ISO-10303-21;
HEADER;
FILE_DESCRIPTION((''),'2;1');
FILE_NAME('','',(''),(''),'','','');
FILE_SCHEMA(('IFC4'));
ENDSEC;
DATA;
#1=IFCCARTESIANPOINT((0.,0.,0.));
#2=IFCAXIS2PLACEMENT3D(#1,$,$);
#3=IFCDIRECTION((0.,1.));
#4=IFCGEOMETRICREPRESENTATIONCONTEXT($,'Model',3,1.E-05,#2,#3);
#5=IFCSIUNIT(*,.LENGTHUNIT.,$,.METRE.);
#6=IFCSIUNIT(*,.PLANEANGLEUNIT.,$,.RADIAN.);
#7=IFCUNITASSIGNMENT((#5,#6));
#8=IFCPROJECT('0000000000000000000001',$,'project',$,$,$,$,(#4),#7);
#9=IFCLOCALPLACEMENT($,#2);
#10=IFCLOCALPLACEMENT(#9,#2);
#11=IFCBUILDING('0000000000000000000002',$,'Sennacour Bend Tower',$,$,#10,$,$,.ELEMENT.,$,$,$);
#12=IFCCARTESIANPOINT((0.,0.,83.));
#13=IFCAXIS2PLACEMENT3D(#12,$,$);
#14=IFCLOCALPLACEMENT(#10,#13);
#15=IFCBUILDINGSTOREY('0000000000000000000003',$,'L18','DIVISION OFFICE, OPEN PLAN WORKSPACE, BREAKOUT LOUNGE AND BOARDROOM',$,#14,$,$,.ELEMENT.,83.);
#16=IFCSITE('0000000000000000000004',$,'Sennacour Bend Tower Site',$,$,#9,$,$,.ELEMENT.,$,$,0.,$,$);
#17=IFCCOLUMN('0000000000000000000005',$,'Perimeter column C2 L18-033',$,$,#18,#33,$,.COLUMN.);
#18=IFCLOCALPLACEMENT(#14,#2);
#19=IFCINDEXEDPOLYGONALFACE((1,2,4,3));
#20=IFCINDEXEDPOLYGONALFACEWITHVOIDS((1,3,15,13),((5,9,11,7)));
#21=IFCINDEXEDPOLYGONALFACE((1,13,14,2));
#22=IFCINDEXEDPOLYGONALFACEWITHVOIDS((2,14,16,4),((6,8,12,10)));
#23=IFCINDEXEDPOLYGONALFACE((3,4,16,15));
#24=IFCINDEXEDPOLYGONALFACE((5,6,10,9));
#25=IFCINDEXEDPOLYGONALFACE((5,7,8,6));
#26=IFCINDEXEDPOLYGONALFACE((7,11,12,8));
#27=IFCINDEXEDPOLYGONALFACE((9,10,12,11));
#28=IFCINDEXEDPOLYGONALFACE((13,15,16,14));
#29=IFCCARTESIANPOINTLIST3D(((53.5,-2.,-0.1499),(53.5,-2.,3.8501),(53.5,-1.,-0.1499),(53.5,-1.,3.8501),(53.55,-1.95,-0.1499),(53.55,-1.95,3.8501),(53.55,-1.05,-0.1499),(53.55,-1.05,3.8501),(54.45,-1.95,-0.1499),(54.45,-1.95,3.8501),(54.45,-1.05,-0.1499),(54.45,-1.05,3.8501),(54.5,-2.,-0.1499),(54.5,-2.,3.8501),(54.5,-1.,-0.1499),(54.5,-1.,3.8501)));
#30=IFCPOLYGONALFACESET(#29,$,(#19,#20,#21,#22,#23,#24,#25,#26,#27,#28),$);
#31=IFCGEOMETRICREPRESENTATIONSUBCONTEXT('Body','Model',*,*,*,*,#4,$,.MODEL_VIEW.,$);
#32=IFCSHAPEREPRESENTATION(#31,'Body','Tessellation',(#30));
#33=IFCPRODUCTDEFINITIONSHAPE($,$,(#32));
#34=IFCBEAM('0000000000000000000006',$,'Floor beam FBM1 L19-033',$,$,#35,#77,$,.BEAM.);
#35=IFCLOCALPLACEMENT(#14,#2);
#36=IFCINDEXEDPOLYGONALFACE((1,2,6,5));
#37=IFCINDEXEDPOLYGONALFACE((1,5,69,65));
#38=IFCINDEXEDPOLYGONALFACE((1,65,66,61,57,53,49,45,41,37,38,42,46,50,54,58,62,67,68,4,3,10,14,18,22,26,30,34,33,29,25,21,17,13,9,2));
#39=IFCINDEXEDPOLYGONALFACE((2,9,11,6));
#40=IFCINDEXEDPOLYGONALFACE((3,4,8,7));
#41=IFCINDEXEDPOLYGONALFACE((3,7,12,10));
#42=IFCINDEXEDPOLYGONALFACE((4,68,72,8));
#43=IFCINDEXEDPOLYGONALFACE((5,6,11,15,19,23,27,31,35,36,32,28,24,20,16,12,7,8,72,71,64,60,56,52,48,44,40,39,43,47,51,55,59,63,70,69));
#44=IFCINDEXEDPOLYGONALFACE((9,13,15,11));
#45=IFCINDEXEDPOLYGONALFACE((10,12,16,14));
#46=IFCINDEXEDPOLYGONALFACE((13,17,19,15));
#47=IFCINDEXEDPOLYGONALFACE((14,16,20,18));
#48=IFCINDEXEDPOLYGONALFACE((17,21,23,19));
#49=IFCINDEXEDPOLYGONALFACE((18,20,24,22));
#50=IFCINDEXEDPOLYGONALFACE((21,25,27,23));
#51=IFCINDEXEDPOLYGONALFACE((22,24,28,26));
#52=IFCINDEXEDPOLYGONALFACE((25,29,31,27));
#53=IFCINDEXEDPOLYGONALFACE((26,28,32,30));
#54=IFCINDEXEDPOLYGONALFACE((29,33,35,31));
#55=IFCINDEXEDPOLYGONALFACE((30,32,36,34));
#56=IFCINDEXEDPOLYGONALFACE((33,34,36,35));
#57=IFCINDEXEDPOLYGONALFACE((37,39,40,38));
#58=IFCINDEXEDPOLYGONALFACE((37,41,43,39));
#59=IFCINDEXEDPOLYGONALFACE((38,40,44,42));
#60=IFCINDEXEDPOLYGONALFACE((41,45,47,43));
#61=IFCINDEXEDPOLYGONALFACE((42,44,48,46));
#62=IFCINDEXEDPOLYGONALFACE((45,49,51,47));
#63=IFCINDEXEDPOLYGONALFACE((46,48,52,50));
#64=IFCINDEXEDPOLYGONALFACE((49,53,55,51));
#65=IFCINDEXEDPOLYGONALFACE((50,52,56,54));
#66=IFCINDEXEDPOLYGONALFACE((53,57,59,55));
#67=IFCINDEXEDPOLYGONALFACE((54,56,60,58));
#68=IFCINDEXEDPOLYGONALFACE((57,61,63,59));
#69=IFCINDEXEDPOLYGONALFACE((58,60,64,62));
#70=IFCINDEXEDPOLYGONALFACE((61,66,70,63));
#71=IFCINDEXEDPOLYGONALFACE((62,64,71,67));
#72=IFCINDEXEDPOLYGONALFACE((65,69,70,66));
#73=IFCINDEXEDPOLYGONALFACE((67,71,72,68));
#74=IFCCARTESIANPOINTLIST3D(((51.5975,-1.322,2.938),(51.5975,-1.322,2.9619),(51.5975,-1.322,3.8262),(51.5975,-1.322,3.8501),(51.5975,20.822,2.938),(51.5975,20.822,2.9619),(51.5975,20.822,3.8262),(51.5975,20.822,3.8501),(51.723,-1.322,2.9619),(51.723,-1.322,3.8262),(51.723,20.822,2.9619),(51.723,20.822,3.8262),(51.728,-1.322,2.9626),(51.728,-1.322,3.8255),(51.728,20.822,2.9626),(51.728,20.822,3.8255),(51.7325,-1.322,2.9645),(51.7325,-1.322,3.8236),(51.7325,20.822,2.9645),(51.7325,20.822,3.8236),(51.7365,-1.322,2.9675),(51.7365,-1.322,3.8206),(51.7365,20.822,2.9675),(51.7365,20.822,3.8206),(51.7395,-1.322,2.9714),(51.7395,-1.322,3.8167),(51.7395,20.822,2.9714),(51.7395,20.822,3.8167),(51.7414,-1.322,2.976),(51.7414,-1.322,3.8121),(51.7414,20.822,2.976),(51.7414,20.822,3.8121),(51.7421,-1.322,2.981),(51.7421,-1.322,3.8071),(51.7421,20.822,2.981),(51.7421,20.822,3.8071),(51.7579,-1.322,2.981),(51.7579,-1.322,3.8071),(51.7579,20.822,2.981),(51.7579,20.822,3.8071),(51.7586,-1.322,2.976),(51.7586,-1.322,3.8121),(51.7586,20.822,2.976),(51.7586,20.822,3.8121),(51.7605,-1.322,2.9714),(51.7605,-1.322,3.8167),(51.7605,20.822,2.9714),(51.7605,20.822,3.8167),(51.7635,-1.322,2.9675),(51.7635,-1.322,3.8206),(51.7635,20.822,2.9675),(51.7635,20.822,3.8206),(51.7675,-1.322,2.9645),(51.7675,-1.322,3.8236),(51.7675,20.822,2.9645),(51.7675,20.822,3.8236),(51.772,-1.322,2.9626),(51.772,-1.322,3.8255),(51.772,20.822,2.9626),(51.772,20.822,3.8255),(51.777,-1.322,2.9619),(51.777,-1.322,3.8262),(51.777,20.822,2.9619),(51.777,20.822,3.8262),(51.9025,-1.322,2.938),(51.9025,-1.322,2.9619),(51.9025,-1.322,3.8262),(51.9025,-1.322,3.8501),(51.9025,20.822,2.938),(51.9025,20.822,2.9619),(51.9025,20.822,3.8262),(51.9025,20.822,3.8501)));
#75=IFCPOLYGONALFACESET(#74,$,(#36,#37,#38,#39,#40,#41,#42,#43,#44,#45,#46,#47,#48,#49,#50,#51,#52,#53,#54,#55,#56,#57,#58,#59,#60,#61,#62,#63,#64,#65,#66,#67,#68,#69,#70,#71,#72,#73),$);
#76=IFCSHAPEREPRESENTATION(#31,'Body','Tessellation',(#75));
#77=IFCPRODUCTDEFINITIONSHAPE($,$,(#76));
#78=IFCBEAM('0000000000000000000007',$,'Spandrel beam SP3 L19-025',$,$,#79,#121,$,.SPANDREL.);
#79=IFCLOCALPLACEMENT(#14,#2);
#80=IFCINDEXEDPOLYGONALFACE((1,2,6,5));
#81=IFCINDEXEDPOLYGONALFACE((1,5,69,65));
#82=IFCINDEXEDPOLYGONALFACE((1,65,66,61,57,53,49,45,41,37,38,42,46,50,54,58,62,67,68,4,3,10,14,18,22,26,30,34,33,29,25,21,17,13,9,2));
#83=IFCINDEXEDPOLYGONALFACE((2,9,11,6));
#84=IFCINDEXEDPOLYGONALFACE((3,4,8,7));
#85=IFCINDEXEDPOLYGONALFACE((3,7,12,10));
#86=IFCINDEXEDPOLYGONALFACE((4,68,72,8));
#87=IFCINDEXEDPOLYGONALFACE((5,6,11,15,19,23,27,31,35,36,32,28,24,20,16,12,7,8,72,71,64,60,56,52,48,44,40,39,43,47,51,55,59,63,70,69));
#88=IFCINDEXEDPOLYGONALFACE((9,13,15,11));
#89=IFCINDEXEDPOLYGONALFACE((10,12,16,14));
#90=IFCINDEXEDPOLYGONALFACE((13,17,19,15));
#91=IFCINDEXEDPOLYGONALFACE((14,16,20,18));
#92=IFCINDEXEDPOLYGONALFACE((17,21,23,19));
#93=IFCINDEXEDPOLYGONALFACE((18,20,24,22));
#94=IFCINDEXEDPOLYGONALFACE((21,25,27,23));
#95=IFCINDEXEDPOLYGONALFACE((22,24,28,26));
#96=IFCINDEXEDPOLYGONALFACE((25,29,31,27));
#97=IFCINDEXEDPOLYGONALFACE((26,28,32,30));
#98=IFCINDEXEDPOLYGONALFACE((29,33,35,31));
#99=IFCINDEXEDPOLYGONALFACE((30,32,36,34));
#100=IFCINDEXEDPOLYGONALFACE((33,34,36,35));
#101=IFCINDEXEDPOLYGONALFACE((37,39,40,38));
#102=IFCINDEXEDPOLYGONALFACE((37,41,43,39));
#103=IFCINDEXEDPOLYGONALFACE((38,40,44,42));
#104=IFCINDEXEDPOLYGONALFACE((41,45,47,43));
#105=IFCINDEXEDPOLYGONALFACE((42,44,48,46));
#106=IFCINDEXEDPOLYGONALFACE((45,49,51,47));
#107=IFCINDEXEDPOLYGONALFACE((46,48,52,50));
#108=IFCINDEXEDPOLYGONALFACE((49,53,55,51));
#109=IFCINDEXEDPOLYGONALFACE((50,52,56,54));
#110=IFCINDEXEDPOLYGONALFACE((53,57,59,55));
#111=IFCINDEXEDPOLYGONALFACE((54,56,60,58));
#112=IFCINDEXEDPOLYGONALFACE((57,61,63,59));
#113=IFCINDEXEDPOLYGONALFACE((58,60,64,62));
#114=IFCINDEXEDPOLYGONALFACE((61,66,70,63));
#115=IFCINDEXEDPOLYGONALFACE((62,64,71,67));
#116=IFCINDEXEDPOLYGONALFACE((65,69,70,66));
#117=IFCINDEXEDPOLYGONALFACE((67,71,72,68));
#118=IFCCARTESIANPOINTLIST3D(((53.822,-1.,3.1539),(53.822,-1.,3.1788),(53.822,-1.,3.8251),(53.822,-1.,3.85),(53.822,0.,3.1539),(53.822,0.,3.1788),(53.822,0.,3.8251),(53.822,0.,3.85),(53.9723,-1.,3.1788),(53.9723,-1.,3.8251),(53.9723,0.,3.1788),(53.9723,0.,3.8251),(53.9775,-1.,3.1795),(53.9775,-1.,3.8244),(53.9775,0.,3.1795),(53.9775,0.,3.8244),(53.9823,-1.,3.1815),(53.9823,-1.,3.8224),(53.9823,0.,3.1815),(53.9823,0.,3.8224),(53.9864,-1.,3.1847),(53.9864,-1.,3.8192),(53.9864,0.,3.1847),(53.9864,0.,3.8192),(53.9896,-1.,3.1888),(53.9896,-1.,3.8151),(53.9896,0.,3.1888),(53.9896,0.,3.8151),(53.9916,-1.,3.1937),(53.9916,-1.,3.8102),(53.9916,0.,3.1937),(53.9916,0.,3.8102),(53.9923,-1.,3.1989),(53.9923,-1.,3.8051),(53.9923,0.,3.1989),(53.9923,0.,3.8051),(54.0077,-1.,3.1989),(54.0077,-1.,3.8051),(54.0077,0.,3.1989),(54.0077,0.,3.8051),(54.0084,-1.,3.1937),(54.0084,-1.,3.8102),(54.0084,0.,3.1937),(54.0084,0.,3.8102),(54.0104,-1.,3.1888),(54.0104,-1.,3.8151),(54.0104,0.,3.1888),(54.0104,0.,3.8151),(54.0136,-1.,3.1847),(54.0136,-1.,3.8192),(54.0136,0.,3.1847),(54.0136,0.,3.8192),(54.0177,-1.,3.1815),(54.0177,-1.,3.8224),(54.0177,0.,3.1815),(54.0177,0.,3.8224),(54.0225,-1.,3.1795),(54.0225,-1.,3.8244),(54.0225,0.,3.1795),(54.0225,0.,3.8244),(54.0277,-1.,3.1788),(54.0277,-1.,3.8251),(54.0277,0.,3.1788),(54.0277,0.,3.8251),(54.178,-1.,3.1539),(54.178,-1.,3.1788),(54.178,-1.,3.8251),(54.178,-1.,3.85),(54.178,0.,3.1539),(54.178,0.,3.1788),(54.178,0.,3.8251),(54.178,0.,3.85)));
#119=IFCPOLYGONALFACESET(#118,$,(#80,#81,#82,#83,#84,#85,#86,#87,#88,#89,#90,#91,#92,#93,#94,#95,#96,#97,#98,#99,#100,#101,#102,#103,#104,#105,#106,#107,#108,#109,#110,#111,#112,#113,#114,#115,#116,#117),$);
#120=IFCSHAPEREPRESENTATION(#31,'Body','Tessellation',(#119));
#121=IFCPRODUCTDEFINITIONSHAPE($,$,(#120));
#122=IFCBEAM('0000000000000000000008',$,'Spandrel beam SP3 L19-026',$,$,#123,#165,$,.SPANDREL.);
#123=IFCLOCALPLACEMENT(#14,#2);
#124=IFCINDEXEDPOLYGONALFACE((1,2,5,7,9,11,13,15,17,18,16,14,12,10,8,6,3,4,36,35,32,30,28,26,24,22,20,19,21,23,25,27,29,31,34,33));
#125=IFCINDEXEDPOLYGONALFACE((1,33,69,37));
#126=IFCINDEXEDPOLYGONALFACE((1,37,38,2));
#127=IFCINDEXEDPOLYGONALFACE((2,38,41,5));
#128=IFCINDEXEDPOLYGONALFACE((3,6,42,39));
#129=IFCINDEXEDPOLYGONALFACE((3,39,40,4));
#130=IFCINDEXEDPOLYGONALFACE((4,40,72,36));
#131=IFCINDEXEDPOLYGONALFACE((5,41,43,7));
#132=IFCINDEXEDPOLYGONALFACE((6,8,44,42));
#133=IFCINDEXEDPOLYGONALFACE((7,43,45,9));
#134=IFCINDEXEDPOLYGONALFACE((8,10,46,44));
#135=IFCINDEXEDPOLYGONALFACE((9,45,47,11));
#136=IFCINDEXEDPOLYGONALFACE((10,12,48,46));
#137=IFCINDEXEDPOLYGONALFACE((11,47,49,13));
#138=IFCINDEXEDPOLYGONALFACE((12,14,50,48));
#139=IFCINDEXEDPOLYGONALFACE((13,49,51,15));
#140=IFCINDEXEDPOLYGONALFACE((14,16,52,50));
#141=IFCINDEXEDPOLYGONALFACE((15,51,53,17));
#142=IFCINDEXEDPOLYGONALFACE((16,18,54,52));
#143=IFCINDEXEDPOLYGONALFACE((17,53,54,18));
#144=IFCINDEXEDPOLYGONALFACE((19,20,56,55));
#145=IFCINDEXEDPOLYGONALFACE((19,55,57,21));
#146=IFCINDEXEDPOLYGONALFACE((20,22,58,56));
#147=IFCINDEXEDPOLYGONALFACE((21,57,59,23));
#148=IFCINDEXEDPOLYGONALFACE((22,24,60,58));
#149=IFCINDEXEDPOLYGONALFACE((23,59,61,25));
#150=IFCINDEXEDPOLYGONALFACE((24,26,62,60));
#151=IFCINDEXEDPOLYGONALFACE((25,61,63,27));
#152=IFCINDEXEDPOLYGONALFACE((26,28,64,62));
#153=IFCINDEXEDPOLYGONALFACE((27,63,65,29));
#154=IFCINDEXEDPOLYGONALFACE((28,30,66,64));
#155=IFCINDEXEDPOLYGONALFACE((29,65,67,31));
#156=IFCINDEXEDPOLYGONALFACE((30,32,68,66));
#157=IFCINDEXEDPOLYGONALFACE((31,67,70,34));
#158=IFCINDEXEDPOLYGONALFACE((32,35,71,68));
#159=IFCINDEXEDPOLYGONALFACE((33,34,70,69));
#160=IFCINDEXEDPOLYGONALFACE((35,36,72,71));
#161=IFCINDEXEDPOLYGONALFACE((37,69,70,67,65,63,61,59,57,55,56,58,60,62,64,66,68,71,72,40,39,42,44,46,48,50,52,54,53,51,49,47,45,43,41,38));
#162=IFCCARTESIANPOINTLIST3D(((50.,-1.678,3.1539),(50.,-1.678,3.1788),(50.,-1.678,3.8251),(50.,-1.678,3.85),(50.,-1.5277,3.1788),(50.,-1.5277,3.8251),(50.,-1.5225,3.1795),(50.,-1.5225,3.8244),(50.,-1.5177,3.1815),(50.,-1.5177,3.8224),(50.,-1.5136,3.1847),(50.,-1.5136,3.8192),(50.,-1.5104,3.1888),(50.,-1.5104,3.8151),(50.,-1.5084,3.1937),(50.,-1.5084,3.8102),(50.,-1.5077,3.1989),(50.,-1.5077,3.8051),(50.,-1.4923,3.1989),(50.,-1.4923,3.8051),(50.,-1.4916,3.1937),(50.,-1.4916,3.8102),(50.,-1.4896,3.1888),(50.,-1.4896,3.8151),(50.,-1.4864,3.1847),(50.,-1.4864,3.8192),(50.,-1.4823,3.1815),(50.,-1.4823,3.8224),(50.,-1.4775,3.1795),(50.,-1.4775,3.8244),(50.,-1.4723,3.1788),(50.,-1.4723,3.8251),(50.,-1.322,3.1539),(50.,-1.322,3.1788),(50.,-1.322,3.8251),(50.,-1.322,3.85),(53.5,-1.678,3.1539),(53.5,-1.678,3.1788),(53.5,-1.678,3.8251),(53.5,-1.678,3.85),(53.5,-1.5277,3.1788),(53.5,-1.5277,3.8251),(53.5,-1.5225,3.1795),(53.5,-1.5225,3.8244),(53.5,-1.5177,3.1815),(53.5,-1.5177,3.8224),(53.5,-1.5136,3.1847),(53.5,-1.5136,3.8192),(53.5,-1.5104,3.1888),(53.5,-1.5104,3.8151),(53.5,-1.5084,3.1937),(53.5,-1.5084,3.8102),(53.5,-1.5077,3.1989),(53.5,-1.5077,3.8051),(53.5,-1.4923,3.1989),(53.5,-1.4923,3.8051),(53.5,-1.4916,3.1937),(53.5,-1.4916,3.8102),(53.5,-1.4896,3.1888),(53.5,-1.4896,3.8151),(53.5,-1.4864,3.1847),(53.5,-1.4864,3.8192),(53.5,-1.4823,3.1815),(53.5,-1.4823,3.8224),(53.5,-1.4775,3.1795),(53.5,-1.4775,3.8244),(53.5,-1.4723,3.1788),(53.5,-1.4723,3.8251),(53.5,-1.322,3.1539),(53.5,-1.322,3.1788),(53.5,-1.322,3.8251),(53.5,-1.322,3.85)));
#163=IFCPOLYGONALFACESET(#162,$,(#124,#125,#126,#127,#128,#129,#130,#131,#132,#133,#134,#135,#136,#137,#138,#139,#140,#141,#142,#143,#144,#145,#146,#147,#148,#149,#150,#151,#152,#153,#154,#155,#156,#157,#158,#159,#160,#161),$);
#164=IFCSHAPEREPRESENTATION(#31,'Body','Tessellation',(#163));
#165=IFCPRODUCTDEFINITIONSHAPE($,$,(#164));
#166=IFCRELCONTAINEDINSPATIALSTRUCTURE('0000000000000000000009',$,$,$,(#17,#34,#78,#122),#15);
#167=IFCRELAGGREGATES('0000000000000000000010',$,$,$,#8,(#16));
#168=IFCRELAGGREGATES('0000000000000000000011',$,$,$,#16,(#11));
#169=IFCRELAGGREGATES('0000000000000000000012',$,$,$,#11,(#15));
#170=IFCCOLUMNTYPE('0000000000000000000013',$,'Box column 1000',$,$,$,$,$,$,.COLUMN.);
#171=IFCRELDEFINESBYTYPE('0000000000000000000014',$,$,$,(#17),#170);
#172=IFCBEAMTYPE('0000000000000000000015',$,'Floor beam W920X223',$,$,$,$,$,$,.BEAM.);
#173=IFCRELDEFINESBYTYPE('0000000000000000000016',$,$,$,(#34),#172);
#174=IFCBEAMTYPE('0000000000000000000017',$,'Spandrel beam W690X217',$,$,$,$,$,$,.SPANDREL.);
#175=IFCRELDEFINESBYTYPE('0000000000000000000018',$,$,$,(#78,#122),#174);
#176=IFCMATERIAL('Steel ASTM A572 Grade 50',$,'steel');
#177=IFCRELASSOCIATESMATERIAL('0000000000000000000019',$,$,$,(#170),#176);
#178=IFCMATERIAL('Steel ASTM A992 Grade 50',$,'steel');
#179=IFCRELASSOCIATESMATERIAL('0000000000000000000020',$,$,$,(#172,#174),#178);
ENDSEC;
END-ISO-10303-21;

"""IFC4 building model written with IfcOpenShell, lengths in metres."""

from ifc_helpers import new_model, si_unit, direction, frame, origin, origin_2d, place, context, subcontext, project, spatial, hollow_rectangle, i_section, extrude, material, material_profile, profile_set, type_object, element, save


model = new_model("IFC4")

# Units and contexts
model_context = context("Model", 3, precision=1e-05, world=origin(), true_north=direction((0.0, 1.0)))
body_context = subcontext(model_context, "Body", "Model", "MODEL_VIEW")
ifc_project = project(units=[si_unit("LENGTHUNIT", "METRE"), si_unit("PLANEANGLEUNIT", "RADIAN")], contexts=[model_context])

# Site, building, storey
site_placement = place(None, origin())
site = spatial("IfcSite", under=ifc_project, at=site_placement, Name="Sennacour Bend Tower Site", CompositionType="ELEMENT", RefElevation=0.0)
building_placement = place(site_placement, origin())
building = spatial("IfcBuilding", under=site, at=building_placement, Name="Sennacour Bend Tower", CompositionType="ELEMENT")
storey_placement = place(building_placement, frame((0.0, 0.0, 83.0)))
storey = spatial("IfcBuildingStorey", under=building, at=storey_placement, Name="L18", Description="DIVISION OFFICE, OPEN PLAN WORKSPACE, BREAKOUT LOUNGE AND BOARDROOM", CompositionType="ELEMENT", Elevation=83.0)

# Column
ifc_material_1 = material(Name="Steel ASTM A572 Grade 50", Category="steel")
ifc_material_profile_1 = material_profile(ifc_material_1, hollow_rectangle(XDim=1.0, YDim=1.0, WallThickness=0.05, at=origin_2d()), Name="Steel ASTM A572 Grade 50", Category="steel")
ifc_profile_set_1 = profile_set([ifc_material_profile_1], Name="Steel ASTM A572 Grade 50")
column_type = type_object("IfcColumnType", Name="Box column 1000", PredefinedType="COLUMN", material=ifc_profile_set_1)
column_placement = place(storey_placement, frame((54.0, -1.5, -0.1499), z_axis=(0.0, 0.0, 1.0), x_axis=(1.0, 0.0, 0.0)))
element("IfcColumn", 1, at=column_placement, inside=storey, type_object=column_type, Name="Perimeter column C2 L18-033", PredefinedType="COLUMN", context=body_context, shape_type="SweptSolid", body=[
    extrude(hollow_rectangle(XDim=1.0, YDim=1.0, WallThickness=0.05, at=origin_2d()), origin(), (0.0, 0.0, 1.0), 4.0),
])

# Beams
ifc_material_2 = material(Name="Steel ASTM A992 Grade 50", Category="steel")
ifc_material_profile_2 = material_profile(ifc_material_2, i_section(OverallWidth=0.3049, OverallDepth=0.9121, WebThickness=0.0159, FlangeThickness=0.0239, FilletRadius=0.019, at=origin_2d()), Name="Steel ASTM A992 Grade 50", Category="steel")
ifc_profile_set_2 = profile_set([ifc_material_profile_2], Name="Steel ASTM A992 Grade 50")
beam_type_1 = type_object("IfcBeamType", Name="Floor beam W920X223", PredefinedType="BEAM", material=ifc_profile_set_2)
beam_1_placement = place(storey_placement, frame((51.75, -1.322, 3.394), z_axis=(0.0, 1.0, 0.0), x_axis=(-1.0, 0.0, 0.0)))
element("IfcBeam", 2, at=beam_1_placement, inside=storey, type_object=beam_type_1, Name="Floor beam FBM1 L19-033", PredefinedType="BEAM", context=body_context, shape_type="SweptSolid", body=[
    extrude(i_section(OverallWidth=0.3049, OverallDepth=0.9121, WebThickness=0.0159, FlangeThickness=0.0239, FilletRadius=0.019, at=origin_2d()), origin(), (0.0, 0.0, 1.0), 22.144),
])
ifc_material_profile_3 = material_profile(ifc_material_2, i_section(OverallWidth=0.356, OverallDepth=0.696, WebThickness=0.0154, FlangeThickness=0.0249, FilletRadius=0.02, at=origin_2d()), Name="Steel ASTM A992 Grade 50", Category="steel")
ifc_profile_set_3 = profile_set([ifc_material_profile_3], Name="Steel ASTM A992 Grade 50")
beam_type_2 = type_object("IfcBeamType", Name="Spandrel beam W690X217", PredefinedType="SPANDREL", material=ifc_profile_set_3)
beam_2_placement = place(storey_placement, frame((54.0, 0.0, 3.502), z_axis=(0.0, -1.0, 0.0), x_axis=(1.0, 0.0, 0.0)))
element("IfcBeam", 3, at=beam_2_placement, inside=storey, type_object=beam_type_2, Name="Spandrel beam SP3 L19-025", PredefinedType="SPANDREL", context=body_context, shape_type="SweptSolid", body=[
    extrude(i_section(OverallWidth=0.356, OverallDepth=0.696, WebThickness=0.0154, FlangeThickness=0.0249, FilletRadius=0.02, at=origin_2d()), origin(), (0.0, 0.0, 1.0), 1.0),
])
beam_3_placement = place(storey_placement, frame((53.5, -1.5, 3.502), z_axis=(-1.0, 0.0, 0.0), x_axis=(0.0, -1.0, 0.0)))
element("IfcBeam", 4, at=beam_3_placement, inside=storey, type_object=beam_type_2, Name="Spandrel beam SP3 L19-026", PredefinedType="SPANDREL", context=body_context, shape_type="SweptSolid", body=[
    extrude(i_section(OverallWidth=0.356, OverallDepth=0.696, WebThickness=0.0154, FlangeThickness=0.0249, FilletRadius=0.02, at=origin_2d()), origin(), (0.0, 0.0, 1.0), 3.5),
])

save(model, "model.ifc")
